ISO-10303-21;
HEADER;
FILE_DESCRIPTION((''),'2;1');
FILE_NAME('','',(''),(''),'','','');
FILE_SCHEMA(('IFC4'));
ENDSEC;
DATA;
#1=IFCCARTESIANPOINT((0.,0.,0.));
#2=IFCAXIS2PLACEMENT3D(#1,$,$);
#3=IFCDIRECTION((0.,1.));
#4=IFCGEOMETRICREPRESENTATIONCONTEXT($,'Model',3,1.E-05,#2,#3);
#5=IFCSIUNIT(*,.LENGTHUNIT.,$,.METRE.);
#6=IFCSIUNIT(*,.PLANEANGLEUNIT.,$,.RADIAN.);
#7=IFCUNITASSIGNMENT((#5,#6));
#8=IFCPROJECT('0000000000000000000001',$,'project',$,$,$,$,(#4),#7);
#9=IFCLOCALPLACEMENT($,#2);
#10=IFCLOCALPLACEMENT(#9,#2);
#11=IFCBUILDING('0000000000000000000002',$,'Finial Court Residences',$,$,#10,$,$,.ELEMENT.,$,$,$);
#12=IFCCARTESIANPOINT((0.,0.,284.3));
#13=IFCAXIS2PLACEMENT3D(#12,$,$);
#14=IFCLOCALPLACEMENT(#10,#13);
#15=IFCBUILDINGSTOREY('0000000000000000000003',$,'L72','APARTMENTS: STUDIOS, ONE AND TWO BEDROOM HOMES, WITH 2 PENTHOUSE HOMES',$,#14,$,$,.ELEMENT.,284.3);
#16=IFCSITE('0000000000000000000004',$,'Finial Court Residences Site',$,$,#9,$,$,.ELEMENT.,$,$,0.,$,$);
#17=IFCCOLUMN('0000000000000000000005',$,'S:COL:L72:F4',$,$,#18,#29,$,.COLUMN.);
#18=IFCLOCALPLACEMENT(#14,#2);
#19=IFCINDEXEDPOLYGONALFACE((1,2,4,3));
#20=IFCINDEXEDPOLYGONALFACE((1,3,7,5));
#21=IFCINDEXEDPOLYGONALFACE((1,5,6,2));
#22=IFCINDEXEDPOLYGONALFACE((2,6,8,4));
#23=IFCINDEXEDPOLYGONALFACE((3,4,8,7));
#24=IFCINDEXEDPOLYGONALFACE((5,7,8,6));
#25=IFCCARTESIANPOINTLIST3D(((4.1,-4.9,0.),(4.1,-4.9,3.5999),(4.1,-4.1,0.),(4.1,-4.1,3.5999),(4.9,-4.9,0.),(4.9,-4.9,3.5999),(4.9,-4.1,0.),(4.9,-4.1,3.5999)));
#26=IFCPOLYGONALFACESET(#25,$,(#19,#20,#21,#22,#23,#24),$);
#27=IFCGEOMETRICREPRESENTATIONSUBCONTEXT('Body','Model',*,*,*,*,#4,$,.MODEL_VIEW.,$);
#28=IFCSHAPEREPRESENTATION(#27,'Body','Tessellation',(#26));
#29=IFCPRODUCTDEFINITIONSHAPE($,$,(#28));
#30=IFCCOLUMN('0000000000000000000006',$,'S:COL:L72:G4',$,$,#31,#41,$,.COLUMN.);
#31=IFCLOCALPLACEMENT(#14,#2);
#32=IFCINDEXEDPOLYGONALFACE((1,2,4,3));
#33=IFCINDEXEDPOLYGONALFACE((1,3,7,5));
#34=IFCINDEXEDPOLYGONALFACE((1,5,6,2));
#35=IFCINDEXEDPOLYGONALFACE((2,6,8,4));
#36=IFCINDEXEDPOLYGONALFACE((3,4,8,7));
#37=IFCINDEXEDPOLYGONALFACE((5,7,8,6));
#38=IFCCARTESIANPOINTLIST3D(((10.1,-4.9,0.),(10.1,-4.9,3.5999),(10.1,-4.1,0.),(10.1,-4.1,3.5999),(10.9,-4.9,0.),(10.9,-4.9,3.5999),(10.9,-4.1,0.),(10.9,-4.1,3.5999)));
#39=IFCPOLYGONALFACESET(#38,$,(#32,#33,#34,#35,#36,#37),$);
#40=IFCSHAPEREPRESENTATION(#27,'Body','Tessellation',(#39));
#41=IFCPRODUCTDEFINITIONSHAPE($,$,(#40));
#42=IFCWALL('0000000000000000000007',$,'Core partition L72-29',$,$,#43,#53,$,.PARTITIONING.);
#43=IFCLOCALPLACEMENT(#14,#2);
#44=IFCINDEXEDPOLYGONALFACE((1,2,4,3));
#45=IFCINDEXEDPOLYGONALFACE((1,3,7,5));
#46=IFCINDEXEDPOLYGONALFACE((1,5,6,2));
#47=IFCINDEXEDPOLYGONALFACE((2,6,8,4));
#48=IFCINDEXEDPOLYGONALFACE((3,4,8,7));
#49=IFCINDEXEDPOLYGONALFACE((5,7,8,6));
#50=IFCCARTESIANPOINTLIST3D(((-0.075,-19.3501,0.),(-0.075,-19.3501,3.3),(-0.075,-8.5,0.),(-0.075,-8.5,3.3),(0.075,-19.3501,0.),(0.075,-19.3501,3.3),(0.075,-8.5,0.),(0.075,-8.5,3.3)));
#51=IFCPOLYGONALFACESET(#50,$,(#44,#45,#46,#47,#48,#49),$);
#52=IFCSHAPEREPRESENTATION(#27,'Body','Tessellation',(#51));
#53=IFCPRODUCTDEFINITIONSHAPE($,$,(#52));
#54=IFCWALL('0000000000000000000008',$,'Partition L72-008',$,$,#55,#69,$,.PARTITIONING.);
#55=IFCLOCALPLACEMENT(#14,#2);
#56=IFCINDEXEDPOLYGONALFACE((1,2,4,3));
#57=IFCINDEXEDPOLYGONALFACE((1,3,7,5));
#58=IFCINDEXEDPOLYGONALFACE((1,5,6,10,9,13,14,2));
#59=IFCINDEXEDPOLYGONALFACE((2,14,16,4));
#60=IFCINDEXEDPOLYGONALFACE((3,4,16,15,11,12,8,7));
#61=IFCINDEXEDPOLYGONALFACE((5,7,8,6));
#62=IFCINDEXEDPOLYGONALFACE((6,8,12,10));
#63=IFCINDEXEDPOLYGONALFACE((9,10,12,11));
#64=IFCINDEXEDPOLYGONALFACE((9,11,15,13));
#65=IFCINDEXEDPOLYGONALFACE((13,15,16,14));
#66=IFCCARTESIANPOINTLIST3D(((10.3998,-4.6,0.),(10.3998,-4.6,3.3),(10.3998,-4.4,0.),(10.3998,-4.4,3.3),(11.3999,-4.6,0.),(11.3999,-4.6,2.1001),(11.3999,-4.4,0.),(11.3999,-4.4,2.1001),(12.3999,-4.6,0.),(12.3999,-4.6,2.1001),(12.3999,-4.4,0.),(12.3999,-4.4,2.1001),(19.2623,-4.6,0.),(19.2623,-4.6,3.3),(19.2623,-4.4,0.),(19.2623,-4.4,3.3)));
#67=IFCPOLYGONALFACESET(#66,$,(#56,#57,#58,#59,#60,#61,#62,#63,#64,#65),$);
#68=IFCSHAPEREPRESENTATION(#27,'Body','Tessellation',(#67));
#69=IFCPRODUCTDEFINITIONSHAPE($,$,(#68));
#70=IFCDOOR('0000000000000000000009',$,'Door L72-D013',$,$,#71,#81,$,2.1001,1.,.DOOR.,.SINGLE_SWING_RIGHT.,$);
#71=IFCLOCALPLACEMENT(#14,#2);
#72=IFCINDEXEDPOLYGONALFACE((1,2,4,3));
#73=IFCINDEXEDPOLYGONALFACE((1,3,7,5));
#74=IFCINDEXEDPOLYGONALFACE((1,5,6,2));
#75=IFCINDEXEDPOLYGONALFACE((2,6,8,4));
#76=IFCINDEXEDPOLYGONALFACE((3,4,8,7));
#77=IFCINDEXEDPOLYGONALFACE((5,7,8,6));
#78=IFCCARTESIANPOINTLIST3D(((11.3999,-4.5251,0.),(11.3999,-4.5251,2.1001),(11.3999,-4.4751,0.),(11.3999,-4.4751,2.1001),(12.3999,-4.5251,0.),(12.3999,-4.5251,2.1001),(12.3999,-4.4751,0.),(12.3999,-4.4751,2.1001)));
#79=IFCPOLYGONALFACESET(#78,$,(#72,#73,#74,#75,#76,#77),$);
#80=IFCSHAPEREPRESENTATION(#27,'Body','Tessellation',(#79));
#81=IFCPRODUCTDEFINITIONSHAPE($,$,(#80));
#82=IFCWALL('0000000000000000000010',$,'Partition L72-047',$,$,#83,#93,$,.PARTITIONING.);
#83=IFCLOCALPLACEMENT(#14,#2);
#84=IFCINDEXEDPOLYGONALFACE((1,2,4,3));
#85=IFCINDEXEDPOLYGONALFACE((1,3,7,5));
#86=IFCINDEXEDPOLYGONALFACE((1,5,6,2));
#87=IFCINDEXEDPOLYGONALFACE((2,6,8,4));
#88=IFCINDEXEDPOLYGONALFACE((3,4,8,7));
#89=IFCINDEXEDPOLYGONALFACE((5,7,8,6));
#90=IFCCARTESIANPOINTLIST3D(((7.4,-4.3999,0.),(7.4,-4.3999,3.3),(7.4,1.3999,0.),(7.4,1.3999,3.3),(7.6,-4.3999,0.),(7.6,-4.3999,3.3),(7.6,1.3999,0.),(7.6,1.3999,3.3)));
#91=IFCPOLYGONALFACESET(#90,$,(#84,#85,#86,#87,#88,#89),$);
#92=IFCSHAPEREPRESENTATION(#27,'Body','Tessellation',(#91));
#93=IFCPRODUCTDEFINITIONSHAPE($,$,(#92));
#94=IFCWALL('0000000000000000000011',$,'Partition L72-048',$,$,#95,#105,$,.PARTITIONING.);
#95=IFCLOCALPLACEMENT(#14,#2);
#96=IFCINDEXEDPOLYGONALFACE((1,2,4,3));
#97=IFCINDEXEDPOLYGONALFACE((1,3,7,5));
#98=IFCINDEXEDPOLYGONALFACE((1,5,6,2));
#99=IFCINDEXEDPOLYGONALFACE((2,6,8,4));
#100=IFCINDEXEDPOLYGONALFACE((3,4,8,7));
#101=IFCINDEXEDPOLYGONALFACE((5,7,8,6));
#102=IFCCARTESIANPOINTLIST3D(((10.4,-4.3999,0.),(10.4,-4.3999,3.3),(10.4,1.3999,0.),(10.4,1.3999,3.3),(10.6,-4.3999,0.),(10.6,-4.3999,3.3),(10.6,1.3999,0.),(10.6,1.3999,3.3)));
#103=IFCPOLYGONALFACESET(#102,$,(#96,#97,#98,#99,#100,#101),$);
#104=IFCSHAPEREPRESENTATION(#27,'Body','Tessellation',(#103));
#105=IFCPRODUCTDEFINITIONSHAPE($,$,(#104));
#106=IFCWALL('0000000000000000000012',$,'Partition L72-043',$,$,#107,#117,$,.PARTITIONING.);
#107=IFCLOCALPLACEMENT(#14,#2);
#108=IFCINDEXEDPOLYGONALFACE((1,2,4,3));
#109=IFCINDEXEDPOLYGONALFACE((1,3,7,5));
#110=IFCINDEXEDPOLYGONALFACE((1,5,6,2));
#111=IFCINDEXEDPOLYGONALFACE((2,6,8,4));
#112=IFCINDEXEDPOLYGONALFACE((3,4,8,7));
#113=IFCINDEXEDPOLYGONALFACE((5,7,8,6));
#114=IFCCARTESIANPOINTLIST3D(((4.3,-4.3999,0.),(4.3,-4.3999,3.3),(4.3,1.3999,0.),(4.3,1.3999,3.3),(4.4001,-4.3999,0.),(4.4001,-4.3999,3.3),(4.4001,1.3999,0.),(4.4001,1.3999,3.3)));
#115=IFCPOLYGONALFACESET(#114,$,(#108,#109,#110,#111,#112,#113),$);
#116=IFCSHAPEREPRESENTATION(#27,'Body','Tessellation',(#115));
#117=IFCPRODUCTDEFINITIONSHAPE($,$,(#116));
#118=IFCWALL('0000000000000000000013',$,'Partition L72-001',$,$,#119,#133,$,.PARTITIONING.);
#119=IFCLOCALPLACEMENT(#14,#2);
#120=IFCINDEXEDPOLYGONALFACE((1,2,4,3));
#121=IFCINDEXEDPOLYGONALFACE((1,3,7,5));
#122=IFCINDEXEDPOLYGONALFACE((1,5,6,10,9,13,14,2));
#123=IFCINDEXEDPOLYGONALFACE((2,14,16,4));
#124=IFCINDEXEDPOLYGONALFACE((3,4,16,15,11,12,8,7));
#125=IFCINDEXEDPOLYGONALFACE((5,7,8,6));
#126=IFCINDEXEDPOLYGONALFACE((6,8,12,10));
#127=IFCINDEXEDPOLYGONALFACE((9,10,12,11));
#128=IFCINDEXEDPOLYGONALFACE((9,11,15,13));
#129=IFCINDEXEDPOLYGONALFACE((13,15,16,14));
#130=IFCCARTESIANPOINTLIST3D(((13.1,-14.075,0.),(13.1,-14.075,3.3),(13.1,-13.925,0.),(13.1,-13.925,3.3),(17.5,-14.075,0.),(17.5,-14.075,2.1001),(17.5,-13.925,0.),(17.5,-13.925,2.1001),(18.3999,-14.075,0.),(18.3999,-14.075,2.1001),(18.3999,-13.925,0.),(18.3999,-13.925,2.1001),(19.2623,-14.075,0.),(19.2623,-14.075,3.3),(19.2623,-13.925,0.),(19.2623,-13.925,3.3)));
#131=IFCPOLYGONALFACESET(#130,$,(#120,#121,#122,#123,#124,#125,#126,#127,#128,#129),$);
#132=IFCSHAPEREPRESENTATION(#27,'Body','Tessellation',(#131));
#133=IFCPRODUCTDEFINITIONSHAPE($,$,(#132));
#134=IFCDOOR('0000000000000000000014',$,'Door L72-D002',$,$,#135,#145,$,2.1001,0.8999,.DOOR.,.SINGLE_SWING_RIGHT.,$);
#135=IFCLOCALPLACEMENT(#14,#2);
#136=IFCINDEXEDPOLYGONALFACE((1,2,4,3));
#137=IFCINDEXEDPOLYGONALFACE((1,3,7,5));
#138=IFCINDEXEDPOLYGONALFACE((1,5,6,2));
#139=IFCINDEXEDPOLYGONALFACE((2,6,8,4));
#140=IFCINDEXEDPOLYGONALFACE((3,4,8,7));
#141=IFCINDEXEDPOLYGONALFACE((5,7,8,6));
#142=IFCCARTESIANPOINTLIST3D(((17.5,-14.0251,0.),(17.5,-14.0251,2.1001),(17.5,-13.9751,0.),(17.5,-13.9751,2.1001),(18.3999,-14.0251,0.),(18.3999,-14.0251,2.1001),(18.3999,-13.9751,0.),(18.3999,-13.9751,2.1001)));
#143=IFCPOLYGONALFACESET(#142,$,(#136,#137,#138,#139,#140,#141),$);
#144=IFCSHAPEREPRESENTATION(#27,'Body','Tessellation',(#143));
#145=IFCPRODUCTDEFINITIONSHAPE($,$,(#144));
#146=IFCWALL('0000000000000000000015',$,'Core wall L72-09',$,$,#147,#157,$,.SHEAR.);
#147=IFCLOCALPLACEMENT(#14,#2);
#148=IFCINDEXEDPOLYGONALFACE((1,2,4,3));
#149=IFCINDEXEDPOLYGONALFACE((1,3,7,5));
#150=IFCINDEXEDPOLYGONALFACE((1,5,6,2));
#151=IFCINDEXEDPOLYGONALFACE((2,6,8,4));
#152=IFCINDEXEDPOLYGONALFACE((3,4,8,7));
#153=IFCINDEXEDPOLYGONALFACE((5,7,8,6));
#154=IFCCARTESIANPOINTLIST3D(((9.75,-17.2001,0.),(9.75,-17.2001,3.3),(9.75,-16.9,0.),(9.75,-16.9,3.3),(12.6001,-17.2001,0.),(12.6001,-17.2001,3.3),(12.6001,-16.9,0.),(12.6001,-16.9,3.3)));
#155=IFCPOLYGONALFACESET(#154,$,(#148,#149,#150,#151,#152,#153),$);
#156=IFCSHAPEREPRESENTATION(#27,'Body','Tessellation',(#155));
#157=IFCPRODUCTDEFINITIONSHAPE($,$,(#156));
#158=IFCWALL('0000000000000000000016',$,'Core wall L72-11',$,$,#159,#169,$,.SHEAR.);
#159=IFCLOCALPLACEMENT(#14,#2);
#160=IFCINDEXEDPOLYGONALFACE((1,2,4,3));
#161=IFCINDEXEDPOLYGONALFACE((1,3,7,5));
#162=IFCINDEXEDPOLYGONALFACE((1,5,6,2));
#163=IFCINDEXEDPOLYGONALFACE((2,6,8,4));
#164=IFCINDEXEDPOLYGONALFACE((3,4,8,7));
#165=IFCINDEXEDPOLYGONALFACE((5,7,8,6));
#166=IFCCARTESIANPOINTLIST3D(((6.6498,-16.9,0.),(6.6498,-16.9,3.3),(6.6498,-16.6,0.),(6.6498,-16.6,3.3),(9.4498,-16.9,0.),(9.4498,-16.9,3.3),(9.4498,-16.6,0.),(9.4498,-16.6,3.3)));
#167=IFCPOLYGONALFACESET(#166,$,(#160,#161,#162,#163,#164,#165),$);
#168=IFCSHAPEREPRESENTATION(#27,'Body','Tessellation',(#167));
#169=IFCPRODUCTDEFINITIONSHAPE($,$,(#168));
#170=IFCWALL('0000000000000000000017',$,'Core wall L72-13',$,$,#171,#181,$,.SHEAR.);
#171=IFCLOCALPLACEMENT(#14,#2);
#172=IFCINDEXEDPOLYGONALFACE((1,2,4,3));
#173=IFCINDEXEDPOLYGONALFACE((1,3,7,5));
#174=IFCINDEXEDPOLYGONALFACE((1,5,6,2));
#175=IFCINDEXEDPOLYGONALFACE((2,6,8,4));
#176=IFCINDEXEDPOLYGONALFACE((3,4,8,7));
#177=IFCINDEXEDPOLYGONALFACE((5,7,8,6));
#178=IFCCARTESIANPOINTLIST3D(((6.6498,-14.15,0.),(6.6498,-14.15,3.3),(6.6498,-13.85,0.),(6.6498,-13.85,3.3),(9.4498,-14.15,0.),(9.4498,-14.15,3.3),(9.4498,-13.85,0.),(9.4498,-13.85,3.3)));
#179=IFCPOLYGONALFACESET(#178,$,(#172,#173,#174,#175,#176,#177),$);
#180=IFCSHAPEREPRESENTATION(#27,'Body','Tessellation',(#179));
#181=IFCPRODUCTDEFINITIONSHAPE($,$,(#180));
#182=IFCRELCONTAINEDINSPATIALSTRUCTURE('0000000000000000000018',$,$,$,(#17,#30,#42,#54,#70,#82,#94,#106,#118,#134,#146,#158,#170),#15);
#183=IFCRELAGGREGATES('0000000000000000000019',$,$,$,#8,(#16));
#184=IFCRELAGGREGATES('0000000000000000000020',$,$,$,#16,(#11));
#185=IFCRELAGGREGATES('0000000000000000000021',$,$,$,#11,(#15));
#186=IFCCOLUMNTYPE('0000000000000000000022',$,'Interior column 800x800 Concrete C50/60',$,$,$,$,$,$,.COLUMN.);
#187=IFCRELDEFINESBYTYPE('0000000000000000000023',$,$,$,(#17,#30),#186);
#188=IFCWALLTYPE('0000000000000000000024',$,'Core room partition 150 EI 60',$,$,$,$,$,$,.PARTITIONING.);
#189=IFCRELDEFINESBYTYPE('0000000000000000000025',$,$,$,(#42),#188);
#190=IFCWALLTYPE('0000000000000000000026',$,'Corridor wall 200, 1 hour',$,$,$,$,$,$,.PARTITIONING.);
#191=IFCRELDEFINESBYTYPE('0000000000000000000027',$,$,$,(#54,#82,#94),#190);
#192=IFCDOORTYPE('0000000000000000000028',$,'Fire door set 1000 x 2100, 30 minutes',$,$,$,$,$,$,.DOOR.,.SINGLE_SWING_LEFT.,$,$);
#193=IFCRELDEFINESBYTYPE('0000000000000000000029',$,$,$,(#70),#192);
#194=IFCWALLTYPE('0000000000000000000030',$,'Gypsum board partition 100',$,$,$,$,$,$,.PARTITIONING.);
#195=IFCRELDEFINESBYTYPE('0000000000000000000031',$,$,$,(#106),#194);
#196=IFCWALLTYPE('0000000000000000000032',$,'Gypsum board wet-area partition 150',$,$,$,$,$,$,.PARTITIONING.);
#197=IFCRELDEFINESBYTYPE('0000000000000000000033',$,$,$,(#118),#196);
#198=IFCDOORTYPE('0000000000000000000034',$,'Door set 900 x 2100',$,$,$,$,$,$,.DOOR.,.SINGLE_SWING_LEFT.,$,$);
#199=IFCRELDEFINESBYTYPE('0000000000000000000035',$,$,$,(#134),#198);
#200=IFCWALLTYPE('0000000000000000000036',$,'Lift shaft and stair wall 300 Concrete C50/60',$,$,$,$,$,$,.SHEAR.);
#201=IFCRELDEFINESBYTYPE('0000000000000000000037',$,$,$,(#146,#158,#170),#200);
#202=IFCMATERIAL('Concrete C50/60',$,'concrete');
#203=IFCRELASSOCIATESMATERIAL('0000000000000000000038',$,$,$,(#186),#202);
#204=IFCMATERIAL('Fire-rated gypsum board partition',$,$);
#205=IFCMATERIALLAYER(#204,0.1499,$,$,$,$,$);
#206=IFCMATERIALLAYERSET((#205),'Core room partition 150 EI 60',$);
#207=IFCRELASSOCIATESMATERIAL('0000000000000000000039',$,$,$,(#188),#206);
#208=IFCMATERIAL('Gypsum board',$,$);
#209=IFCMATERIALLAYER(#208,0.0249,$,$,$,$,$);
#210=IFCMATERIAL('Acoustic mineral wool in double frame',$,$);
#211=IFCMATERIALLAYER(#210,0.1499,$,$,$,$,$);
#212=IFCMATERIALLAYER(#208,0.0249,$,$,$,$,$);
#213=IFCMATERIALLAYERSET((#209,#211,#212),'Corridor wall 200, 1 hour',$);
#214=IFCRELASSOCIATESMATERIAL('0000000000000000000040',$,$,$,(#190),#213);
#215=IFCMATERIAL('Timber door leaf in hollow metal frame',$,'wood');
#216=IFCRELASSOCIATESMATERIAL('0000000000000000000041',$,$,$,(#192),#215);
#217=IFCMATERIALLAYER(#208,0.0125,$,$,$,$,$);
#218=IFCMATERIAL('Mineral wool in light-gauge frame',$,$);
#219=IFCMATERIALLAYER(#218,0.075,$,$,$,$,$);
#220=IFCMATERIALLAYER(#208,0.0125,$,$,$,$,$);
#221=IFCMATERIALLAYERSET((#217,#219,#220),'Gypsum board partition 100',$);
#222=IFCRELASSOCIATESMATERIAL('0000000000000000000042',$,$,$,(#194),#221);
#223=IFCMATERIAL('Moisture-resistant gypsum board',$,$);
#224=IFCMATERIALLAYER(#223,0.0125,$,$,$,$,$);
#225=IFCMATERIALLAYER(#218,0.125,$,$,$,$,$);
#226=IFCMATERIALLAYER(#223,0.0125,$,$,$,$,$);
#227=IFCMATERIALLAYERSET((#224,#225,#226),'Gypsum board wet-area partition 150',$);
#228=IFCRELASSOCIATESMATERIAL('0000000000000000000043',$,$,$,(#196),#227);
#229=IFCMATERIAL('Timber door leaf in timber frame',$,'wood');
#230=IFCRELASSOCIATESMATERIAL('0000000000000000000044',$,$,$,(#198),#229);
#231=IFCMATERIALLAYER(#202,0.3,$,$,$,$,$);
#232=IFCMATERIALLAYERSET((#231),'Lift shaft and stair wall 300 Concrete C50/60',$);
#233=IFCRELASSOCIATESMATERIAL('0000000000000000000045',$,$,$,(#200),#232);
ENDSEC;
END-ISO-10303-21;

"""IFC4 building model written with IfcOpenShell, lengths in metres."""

from ifc_helpers import new_model, si_unit, direction, frame, frame_2d, origin, origin_2d, place, context, subcontext, project, spatial, rectangle, extrude, material, layer, layer_set, material_profile, profile_set, type_object, element, fill, save


model = new_model("IFC4")

# Units and contexts
model_context = context("Model", 3, precision=1e-05, world=origin(), true_north=direction((0.0, 1.0)))
body_context = subcontext(model_context, "Body", "Model", "MODEL_VIEW")
ifc_project = project(units=[si_unit("LENGTHUNIT", "METRE"), si_unit("PLANEANGLEUNIT", "RADIAN")], contexts=[model_context])

# Site, building, storey
site_placement = place(None, origin())
site = spatial("IfcSite", under=ifc_project, at=site_placement, Name="Finial Court Residences Site", CompositionType="ELEMENT", RefElevation=0.0)
building_placement = place(site_placement, origin())
building = spatial("IfcBuilding", under=site, at=building_placement, Name="Finial Court Residences", CompositionType="ELEMENT")
storey_placement = place(building_placement, frame((0.0, 0.0, 284.3)))
storey = spatial("IfcBuildingStorey", under=building, at=storey_placement, Name="L72", Description="APARTMENTS: STUDIOS, ONE AND TWO BEDROOM HOMES, WITH 2 PENTHOUSE HOMES", CompositionType="ELEMENT", Elevation=284.3)

# Columns
ifc_material_1 = material(Name="Concrete C50/60", Category="concrete")
ifc_material_profile = material_profile(ifc_material_1, rectangle(XDim=0.8, YDim=0.8, at=origin_2d()), Name="800x800")
ifc_profile_set = profile_set([ifc_material_profile], Name="Concrete C50/60")
column_type = type_object("IfcColumnType", Name="Interior column 800x800 Concrete C50/60", PredefinedType="COLUMN", material=ifc_profile_set)
for number, where, z_axis, x_axis, name in (
    (1, (4.5, -4.5, 0.0), (0.0, 0.0, 1.0), (1.0, 0.0, 0.0), "S:COL:L72:F4"),
    (2, (10.5, -4.5, 0.0), (0.0, 0.0, 1.0), (1.0, 0.0, 0.0), "S:COL:L72:G4"),
):
    element("IfcColumn", number, at=place(storey_placement, frame(where, z_axis=z_axis, x_axis=x_axis)), inside=storey, type_object=column_type, Name=name, PredefinedType="COLUMN", context=body_context, shape_type="SweptSolid", body=[
        extrude(rectangle(XDim=0.8, YDim=0.8, at=origin_2d()), origin(), (0.0, 0.0, 1.0), 3.5999),
    ])

# Wall
ifc_material_2 = material(Name="Fire-rated gypsum board partition")
ifc_layer_1 = layer(ifc_material_2, 0.1499)
ifc_layer_set_1 = layer_set([ifc_layer_1], Name="Core room partition 150 EI 60")
wall_type_1 = type_object("IfcWallType", Name="Core room partition 150 EI 60", PredefinedType="PARTITIONING", material=ifc_layer_set_1)
wall_1_placement = place(storey_placement, frame((0.0, -19.3501, 0.0), z_axis=(0.0, 0.0, 1.0), x_axis=(0.0, 1.0, 0.0)))
element("IfcWall", 3, at=wall_1_placement, inside=storey, type_object=wall_type_1, Name="Core partition L72-29", PredefinedType="PARTITIONING", context=body_context, shape_type="SweptSolid", body=[
    extrude(rectangle(XDim=10.8501, YDim=0.1499, at=frame_2d((5.425, 0.0))), origin(), (0.0, 0.0, 1.0), 3.3),
])

# Wall, opening, door
ifc_material_3 = material(Name="Gypsum board")
ifc_layer_2 = layer(ifc_material_3, 0.0249)
ifc_material_4 = material(Name="Acoustic mineral wool in double frame")
ifc_layer_3 = layer(ifc_material_4, 0.1499)
ifc_layer_4 = layer(ifc_material_3, 0.0249)
ifc_layer_set_2 = layer_set([ifc_layer_2, ifc_layer_3, ifc_layer_4], Name="Corridor wall 200, 1 hour")
wall_type_2 = type_object("IfcWallType", Name="Corridor wall 200, 1 hour", PredefinedType="PARTITIONING", material=ifc_layer_set_2)
wall_2_placement = place(storey_placement, frame((10.3999, -4.5, 0.0), z_axis=(0.0, 0.0, 1.0), x_axis=(1.0, 0.0, 0.0)))
wall_2 = element("IfcWall", 4, at=wall_2_placement, inside=storey, type_object=wall_type_2, Name="Partition L72-008", PredefinedType="PARTITIONING", context=body_context, shape_type="SweptSolid", body=[
    extrude(rectangle(XDim=8.8625, YDim=0.2, at=frame_2d((4.4312, 0.0))), origin(), (0.0, 0.0, 1.0), 3.3),
])
opening_1_placement = place(wall_2_placement, frame((1.0, 0.0, 0.0)))
opening_1 = element("IfcOpeningElement", 5, at=opening_1_placement, cuts=wall_2, PredefinedType="OPENING", context=body_context, shape_type="SweptSolid", body=[
    extrude(rectangle(XDim=1.0, YDim=2.1001, at=frame_2d((0.5, 1.05))), frame((0.0, 0.1099, 0.0), z_axis=(0.0, -1.0, 0.0), x_axis=(1.0, 0.0, 0.0)), (0.0, 0.0, 1.0), 0.22),
])
ifc_material_5 = material(Name="Timber door leaf in hollow metal frame", Category="wood")
door_type_1 = type_object("IfcDoorType", Name="Fire door set 1000 x 2100, 30 minutes", OperationType="SINGLE_SWING_LEFT", PredefinedType="DOOR", material=ifc_material_5)
door_1_placement = place(opening_1_placement, origin())
door_1 = element("IfcDoor", 6, at=door_1_placement, inside=storey, type_object=door_type_1, Name="Door L72-D013", OperationType="SINGLE_SWING_RIGHT", OverallHeight=2.1001, OverallWidth=1.0, PredefinedType="DOOR", context=body_context, shape_type="SweptSolid", body=[
    extrude(rectangle(XDim=1.0, YDim=2.1001, at=frame_2d((0.5, 1.05))), frame((0.0, 0.0249, 0.0), z_axis=(0.0, -1.0, 0.0), x_axis=(1.0, 0.0, 0.0)), (0.0, 0.0, 1.0), 0.05),
])
fill(opening_1, door_1)

# Walls
for number, where, z_axis, x_axis, name in (
    (7, (7.5, -4.3999, 0.0), (0.0, 0.0, 1.0), (0.0, 1.0, 0.0), "Partition L72-047"),
    (8, (10.5, -4.3999, 0.0), (0.0, 0.0, 1.0), (0.0, 1.0, 0.0), "Partition L72-048"),
):
    element("IfcWall", number, at=place(storey_placement, frame(where, z_axis=z_axis, x_axis=x_axis)), inside=storey, type_object=wall_type_2, Name=name, PredefinedType="PARTITIONING", context=body_context, shape_type="SweptSolid", body=[
        extrude(rectangle(XDim=5.7998, YDim=0.2, at=frame_2d((2.8999, 0.0))), origin(), (0.0, 0.0, 1.0), 3.3),
    ])
ifc_layer_5 = layer(ifc_material_3, 0.0125)
ifc_material_6 = material(Name="Mineral wool in light-gauge frame")
ifc_layer_6 = layer(ifc_material_6, 0.075)
ifc_layer_7 = layer(ifc_material_3, 0.0125)
ifc_layer_set_3 = layer_set([ifc_layer_5, ifc_layer_6, ifc_layer_7], Name="Gypsum board partition 100")
wall_type_3 = type_object("IfcWallType", Name="Gypsum board partition 100", PredefinedType="PARTITIONING", material=ifc_layer_set_3)
wall_3_placement = place(storey_placement, frame((4.3501, -4.3999, 0.0), z_axis=(0.0, 0.0, 1.0), x_axis=(0.0, 1.0, 0.0)))
element("IfcWall", 9, at=wall_3_placement, inside=storey, type_object=wall_type_3, Name="Partition L72-043", PredefinedType="PARTITIONING", context=body_context, shape_type="SweptSolid", body=[
    extrude(rectangle(XDim=5.7998, YDim=0.1001, at=frame_2d((2.8999, 0.0))), origin(), (0.0, 0.0, 1.0), 3.3),
])

# Wall, opening, door
ifc_material_7 = material(Name="Moisture-resistant gypsum board")
ifc_layer_8 = layer(ifc_material_7, 0.0125)
ifc_layer_9 = layer(ifc_material_6, 0.125)
ifc_layer_10 = layer(ifc_material_7, 0.0125)
ifc_layer_set_4 = layer_set([ifc_layer_8, ifc_layer_9, ifc_layer_10], Name="Gypsum board wet-area partition 150")
wall_type_4 = type_object("IfcWallType", Name="Gypsum board wet-area partition 150", PredefinedType="PARTITIONING", material=ifc_layer_set_4)
wall_4_placement = place(storey_placement, frame((13.1001, -14.0, 0.0), z_axis=(0.0, 0.0, 1.0), x_axis=(1.0, 0.0, 0.0)))
wall_4 = element("IfcWall", 10, at=wall_4_placement, inside=storey, type_object=wall_type_4, Name="Partition L72-001", PredefinedType="PARTITIONING", context=body_context, shape_type="SweptSolid", body=[
    extrude(rectangle(XDim=6.1624, YDim=0.1499, at=frame_2d((3.0811, 0.0))), origin(), (0.0, 0.0, 1.0), 3.3),
])
opening_2_placement = place(wall_4_placement, frame((4.3999, 0.0, 0.0)))
opening_2 = element("IfcOpeningElement", 11, at=opening_2_placement, cuts=wall_4, PredefinedType="OPENING", context=body_context, shape_type="SweptSolid", body=[
    extrude(rectangle(XDim=0.8999, YDim=2.1001, at=frame_2d((0.45, 1.05))), frame((0.0, 0.085, 0.0), z_axis=(0.0, -1.0, 0.0), x_axis=(1.0, 0.0, 0.0)), (0.0, 0.0, 1.0), 0.1699),
])
ifc_material_8 = material(Name="Timber door leaf in timber frame", Category="wood")
door_type_2 = type_object("IfcDoorType", Name="Door set 900 x 2100", OperationType="SINGLE_SWING_LEFT", PredefinedType="DOOR", material=ifc_material_8)
door_2_placement = place(opening_2_placement, origin())
door_2 = element("IfcDoor", 12, at=door_2_placement, inside=storey, type_object=door_type_2, Name="Door L72-D002", OperationType="SINGLE_SWING_RIGHT", OverallHeight=2.1001, OverallWidth=0.8999, PredefinedType="DOOR", context=body_context, shape_type="SweptSolid", body=[
    extrude(rectangle(XDim=0.8999, YDim=2.1001, at=frame_2d((0.45, 1.05))), frame((0.0, 0.0249, 0.0), z_axis=(0.0, -1.0, 0.0), x_axis=(1.0, 0.0, 0.0)), (0.0, 0.0, 1.0), 0.05),
])
fill(opening_2, door_2)

# Walls
ifc_layer_11 = layer(ifc_material_1, 0.3)
ifc_layer_set_5 = layer_set([ifc_layer_11], Name="Lift shaft and stair wall 300 Concrete C50/60")
wall_type_5 = type_object("IfcWallType", Name="Lift shaft and stair wall 300 Concrete C50/60", PredefinedType="SHEAR", material=ifc_layer_set_5)
wall_5_placement = place(storey_placement, frame((9.75, -17.05, 0.0), z_axis=(0.0, 0.0, 1.0), x_axis=(1.0, 0.0, 0.0)))
element("IfcWall", 13, at=wall_5_placement, inside=storey, type_object=wall_type_5, Name="Core wall L72-09", PredefinedType="SHEAR", context=body_context, shape_type="SweptSolid", body=[
    extrude(rectangle(XDim=2.8501, YDim=0.3, at=frame_2d((1.425, 0.0))), origin(), (0.0, 0.0, 1.0), 3.3),
])
for number, where, z_axis, x_axis, name in (
    (14, (6.6499, -16.75, 0.0), (0.0, 0.0, 1.0), (1.0, 0.0, 0.0), "Core wall L72-11"),
    (15, (6.6499, -14.0, 0.0), (0.0, 0.0, 1.0), (1.0, 0.0, 0.0), "Core wall L72-13"),
):
    element("IfcWall", number, at=place(storey_placement, frame(where, z_axis=z_axis, x_axis=x_axis)), inside=storey, type_object=wall_type_5, Name=name, PredefinedType="SHEAR", context=body_context, shape_type="SweptSolid", body=[
        extrude(rectangle(XDim=2.8, YDim=0.3, at=frame_2d((1.3999, 0.0))), origin(), (0.0, 0.0, 1.0), 3.3),
    ])

save(model, "model.ifc")
